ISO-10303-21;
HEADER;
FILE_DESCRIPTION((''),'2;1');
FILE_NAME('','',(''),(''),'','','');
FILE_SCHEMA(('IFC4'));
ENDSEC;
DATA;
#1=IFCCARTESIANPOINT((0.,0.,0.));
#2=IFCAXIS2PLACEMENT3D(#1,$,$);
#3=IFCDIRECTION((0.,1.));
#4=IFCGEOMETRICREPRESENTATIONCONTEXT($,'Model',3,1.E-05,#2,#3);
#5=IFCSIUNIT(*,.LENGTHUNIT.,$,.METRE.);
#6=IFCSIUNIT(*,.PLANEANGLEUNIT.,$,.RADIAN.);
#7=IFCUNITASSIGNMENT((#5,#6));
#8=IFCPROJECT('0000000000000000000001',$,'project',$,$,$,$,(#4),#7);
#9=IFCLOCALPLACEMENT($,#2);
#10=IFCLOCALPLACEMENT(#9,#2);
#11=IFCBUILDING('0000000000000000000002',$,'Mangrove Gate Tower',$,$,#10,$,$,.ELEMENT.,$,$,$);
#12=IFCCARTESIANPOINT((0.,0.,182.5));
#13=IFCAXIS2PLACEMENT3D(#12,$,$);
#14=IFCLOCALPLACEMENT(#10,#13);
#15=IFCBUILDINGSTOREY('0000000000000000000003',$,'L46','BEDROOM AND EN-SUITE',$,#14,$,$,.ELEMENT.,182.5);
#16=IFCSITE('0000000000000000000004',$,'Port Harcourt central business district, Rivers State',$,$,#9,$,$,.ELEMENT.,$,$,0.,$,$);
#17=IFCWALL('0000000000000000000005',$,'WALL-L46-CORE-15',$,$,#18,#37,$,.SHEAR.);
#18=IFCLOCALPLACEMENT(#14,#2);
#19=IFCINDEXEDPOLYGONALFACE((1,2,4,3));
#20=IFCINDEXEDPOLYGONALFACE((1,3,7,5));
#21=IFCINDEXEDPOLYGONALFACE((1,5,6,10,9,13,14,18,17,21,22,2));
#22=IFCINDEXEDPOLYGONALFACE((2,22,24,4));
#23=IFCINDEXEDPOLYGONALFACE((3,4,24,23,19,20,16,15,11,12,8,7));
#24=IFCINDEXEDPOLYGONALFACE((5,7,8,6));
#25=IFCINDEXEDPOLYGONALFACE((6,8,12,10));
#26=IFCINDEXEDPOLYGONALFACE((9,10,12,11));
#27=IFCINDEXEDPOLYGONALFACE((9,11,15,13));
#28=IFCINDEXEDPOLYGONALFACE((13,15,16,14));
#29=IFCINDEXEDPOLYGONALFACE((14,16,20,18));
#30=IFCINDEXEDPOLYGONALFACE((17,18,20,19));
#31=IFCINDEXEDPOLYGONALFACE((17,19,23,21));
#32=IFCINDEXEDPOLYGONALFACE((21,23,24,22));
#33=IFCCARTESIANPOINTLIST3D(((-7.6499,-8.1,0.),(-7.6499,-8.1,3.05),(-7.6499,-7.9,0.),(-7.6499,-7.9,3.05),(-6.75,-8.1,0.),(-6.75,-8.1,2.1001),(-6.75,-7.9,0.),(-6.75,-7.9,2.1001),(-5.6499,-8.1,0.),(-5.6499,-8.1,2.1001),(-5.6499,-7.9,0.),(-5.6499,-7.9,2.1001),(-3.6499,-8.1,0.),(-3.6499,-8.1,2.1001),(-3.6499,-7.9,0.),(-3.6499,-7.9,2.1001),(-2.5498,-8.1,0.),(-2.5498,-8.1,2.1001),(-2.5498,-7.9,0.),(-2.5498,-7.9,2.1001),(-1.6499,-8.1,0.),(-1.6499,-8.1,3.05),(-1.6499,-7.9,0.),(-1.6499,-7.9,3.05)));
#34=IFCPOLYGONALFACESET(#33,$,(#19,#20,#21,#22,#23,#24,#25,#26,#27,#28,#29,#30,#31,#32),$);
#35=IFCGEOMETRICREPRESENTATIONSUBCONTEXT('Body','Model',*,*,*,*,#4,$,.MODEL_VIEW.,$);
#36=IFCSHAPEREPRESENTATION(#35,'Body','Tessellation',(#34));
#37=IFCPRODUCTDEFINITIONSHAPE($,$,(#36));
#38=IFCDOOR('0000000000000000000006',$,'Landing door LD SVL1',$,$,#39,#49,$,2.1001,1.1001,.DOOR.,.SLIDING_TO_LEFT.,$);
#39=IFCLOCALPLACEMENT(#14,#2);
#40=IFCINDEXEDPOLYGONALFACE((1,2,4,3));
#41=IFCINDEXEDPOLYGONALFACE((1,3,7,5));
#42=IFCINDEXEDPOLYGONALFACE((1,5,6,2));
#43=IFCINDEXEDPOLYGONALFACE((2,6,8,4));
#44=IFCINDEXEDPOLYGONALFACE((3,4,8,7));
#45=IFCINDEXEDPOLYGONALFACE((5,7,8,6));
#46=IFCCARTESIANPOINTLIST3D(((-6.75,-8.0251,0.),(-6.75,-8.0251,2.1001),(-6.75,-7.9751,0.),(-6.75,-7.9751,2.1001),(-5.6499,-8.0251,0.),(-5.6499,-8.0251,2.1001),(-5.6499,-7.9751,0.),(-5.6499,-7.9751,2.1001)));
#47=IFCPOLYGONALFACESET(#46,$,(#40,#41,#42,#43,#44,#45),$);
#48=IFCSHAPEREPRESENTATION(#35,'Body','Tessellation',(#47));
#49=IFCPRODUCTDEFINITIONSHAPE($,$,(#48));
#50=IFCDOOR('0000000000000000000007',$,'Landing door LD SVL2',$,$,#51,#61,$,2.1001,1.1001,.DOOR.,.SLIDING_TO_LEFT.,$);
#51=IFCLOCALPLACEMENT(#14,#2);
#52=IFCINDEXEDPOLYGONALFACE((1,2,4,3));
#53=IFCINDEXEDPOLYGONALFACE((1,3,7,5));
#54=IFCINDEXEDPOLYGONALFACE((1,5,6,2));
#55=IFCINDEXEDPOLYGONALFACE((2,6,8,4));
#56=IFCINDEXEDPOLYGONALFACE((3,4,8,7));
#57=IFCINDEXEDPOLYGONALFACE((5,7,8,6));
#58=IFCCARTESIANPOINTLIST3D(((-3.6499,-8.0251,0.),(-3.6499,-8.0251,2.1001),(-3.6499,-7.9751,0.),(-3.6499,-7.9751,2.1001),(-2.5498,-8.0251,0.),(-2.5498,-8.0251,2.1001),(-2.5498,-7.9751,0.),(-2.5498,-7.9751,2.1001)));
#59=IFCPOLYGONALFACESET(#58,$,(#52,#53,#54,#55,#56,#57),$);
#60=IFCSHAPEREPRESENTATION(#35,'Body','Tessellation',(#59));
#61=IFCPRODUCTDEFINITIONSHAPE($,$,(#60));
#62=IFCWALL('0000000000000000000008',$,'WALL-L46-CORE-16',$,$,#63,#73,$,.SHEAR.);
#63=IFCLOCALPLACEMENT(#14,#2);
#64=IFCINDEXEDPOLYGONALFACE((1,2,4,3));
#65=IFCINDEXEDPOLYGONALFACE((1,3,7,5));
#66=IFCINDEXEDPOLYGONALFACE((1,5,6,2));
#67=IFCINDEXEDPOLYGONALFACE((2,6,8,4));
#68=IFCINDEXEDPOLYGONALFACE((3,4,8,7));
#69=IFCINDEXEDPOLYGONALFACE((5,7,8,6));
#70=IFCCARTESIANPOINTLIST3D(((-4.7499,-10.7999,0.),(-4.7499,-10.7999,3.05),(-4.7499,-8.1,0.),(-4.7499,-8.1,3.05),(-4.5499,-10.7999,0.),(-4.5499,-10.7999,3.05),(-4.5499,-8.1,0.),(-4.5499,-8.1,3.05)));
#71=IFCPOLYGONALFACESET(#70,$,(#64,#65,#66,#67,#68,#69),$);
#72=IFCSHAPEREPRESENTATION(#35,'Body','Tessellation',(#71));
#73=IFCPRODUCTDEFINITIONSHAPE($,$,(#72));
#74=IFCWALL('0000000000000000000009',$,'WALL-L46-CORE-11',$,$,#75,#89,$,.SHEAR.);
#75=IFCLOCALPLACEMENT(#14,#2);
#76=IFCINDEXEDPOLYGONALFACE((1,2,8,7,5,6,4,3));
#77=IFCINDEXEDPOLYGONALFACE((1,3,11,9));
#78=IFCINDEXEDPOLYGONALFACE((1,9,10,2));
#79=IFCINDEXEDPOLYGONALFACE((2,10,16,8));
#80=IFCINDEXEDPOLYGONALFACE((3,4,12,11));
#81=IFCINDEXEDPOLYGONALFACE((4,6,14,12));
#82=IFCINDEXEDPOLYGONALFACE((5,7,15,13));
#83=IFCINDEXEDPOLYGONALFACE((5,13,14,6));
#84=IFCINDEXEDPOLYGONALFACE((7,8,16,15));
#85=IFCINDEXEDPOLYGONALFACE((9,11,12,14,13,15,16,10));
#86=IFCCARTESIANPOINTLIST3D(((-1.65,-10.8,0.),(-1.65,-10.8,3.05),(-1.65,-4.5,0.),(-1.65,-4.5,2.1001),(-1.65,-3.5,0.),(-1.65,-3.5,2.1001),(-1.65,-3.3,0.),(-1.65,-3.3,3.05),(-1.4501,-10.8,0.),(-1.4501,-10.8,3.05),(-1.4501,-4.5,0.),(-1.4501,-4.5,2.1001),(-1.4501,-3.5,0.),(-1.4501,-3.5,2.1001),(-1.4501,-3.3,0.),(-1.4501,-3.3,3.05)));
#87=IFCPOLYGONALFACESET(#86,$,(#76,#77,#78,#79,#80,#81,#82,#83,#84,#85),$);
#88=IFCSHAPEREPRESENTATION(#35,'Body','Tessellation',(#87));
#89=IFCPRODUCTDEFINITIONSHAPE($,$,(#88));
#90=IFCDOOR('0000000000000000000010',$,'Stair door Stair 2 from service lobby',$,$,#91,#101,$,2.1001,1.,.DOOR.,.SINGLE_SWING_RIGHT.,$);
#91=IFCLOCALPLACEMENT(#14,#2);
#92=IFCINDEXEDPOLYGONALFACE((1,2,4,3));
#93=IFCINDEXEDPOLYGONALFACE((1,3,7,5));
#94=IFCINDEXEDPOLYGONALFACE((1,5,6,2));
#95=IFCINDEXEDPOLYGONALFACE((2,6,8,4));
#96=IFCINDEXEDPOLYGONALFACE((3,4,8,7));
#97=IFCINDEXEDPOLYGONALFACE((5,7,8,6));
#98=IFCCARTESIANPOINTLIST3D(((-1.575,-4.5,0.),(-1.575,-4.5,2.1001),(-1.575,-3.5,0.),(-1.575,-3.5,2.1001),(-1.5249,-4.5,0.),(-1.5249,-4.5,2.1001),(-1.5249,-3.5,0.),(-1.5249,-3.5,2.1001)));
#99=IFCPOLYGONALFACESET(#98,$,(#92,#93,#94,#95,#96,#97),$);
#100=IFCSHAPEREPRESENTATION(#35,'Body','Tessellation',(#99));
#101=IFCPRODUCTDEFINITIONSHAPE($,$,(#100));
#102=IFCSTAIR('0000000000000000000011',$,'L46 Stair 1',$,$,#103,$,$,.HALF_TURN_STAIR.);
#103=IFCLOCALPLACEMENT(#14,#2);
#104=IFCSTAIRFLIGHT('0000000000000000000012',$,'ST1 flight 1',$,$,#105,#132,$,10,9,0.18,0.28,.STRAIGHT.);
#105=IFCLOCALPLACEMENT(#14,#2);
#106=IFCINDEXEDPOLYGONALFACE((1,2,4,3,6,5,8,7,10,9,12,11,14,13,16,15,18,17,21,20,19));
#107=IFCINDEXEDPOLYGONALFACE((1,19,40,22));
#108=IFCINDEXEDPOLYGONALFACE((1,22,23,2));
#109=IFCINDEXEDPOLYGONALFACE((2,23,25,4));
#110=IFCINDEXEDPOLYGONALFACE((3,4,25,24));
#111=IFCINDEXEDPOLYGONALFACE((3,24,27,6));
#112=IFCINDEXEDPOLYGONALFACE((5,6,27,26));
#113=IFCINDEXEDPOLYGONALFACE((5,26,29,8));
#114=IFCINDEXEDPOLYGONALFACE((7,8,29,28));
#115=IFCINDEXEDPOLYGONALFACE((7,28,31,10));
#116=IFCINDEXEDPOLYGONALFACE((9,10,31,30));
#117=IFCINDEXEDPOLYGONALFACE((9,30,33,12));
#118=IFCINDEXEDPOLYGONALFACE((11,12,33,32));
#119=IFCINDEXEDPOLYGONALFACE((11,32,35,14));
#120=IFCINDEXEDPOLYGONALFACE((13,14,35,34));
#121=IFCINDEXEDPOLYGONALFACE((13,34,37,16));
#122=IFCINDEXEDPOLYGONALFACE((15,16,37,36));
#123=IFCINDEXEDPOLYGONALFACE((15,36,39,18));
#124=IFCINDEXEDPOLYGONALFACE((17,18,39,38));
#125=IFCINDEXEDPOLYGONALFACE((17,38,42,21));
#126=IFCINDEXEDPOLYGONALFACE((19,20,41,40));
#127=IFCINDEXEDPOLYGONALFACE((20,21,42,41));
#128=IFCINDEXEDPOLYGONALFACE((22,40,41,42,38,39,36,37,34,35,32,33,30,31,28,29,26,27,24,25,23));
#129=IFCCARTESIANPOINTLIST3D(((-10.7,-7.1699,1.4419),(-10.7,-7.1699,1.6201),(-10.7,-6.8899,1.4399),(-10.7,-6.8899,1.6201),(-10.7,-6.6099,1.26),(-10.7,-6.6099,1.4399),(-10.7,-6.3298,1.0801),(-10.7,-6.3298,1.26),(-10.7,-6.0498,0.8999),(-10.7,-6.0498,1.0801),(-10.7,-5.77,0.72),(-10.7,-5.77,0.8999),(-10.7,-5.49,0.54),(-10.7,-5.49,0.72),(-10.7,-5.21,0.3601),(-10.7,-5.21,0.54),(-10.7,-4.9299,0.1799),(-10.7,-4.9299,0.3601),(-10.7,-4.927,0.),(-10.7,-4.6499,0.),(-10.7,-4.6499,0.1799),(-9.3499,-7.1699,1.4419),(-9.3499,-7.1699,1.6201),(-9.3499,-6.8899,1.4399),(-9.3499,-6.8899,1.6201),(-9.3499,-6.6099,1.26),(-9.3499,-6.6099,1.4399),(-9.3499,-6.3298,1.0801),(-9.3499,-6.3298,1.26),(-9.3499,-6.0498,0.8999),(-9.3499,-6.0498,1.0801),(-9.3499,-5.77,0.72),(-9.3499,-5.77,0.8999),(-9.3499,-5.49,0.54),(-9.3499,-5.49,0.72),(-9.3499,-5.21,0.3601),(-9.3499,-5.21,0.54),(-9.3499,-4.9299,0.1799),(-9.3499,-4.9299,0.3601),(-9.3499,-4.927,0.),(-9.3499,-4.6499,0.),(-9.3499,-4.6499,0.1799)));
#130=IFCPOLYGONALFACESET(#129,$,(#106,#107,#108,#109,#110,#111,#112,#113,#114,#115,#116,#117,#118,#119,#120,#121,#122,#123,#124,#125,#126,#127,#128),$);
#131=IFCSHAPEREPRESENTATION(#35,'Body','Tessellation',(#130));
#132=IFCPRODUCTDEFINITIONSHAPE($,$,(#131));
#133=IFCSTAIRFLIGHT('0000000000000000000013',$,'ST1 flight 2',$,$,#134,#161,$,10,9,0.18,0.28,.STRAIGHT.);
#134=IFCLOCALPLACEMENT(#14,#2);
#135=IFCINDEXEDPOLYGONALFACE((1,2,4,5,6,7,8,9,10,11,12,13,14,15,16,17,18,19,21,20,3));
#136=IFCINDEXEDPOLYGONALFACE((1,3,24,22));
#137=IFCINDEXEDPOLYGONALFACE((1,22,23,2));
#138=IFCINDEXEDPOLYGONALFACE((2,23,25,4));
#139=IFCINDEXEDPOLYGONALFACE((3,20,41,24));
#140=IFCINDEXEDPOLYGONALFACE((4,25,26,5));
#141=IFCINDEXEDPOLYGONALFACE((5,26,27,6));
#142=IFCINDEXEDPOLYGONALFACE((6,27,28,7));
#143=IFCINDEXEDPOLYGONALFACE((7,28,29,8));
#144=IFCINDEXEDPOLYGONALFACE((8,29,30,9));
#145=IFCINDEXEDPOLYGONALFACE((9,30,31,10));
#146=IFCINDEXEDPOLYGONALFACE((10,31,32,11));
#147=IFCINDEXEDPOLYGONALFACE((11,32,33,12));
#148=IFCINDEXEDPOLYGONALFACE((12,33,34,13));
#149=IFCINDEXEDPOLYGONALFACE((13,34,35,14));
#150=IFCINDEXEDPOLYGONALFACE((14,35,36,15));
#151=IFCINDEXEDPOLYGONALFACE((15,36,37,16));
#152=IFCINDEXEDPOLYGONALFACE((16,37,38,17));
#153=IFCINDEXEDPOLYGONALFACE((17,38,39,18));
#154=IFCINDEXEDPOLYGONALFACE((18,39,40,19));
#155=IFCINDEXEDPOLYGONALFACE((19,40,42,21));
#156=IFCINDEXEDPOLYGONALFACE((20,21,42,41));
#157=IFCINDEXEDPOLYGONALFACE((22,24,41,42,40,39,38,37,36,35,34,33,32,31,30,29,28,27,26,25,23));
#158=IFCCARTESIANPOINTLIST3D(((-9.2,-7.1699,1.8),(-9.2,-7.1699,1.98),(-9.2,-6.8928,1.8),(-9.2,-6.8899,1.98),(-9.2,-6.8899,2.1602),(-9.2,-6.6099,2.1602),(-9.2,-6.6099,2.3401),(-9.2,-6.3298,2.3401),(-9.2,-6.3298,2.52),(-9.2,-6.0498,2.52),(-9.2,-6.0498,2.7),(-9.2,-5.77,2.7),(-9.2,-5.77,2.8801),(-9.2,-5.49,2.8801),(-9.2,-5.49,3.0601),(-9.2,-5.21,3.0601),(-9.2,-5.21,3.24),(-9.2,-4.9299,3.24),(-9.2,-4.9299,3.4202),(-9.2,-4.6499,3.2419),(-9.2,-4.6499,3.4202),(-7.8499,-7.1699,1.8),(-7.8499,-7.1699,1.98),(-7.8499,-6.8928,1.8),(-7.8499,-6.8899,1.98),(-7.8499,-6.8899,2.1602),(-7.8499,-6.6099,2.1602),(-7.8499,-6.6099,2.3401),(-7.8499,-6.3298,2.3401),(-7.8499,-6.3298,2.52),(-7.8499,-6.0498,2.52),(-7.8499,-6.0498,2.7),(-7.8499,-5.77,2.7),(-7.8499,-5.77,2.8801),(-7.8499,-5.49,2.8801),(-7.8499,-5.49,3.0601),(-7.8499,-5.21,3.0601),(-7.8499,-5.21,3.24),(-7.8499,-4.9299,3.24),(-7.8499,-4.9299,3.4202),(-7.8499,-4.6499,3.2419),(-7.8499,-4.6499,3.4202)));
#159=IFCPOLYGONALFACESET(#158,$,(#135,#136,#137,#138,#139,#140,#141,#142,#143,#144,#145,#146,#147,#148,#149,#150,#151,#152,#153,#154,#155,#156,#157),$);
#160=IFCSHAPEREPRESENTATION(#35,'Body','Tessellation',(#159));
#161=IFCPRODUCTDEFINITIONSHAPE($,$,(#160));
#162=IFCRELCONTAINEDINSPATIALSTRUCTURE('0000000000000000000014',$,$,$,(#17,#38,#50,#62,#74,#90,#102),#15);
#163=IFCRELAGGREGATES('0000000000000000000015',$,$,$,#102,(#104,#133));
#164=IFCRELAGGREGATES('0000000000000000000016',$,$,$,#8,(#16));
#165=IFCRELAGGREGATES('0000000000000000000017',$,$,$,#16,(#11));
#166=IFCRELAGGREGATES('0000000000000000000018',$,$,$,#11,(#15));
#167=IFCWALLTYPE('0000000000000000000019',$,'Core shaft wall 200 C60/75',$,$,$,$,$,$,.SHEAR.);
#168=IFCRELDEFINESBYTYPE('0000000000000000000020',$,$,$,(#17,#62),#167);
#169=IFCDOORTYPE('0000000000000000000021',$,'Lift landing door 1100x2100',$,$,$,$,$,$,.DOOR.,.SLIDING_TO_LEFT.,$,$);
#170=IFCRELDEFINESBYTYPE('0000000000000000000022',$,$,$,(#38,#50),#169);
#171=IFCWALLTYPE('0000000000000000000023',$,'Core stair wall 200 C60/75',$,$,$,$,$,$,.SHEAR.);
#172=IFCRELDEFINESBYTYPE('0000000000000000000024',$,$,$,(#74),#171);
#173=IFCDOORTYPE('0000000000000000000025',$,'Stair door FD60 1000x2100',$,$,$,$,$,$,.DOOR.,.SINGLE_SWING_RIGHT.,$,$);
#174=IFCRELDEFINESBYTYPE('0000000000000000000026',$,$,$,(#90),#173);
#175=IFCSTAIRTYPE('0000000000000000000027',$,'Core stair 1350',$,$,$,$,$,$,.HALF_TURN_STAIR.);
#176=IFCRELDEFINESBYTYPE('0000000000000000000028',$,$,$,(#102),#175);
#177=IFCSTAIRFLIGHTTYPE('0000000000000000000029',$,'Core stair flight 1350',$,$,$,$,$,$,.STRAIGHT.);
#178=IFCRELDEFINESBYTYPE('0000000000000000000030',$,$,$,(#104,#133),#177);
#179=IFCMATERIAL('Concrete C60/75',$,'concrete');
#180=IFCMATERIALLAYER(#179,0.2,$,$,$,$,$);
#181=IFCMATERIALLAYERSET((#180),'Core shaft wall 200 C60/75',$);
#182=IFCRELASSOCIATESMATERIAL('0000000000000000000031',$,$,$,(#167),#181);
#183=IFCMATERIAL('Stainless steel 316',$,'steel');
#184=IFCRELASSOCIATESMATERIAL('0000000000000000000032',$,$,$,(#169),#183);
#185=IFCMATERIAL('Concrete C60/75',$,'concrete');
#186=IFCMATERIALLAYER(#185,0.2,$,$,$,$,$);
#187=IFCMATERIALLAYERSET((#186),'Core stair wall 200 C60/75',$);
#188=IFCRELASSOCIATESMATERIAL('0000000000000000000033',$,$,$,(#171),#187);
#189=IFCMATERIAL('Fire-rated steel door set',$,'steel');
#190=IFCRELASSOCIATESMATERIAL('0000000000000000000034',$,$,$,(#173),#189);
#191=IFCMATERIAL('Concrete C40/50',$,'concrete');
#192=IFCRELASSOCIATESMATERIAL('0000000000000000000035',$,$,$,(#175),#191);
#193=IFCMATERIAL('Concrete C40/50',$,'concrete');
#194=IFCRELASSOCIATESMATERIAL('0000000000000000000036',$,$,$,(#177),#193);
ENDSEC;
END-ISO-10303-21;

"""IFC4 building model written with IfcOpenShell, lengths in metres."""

from ifc_helpers import new_model, si_unit, direction, frame, frame_2d, origin, place, context, subcontext, project, spatial, polyline, rectangle, outline, extrude, material, layer, layer_set, type_object, element, fill, aggregate, save


model = new_model("IFC4")

# Units and contexts
model_context = context("Model", 3, precision=1e-05, world=origin(), true_north=direction((0.0, 1.0)))
body_context = subcontext(model_context, "Body", "Model", "MODEL_VIEW")
ifc_project = project(units=[si_unit("LENGTHUNIT", "METRE"), si_unit("PLANEANGLEUNIT", "RADIAN")], contexts=[model_context])

# Site, building, storey
site_placement = place(None, origin())
site = spatial("IfcSite", under=ifc_project, at=site_placement, Name="Port Harcourt central business district, Rivers State", CompositionType="ELEMENT", RefElevation=0.0)
building_placement = place(site_placement, origin())
building = spatial("IfcBuilding", under=site, at=building_placement, Name="Mangrove Gate Tower", CompositionType="ELEMENT")
storey_placement = place(building_placement, frame((0.0, 0.0, 182.5)))
storey = spatial("IfcBuildingStorey", under=building, at=storey_placement, Name="L46", Description="BEDROOM AND EN-SUITE", CompositionType="ELEMENT", Elevation=182.5)

# Wall, openings, doors
ifc_material_1 = material(Name="Concrete C60/75", Category="concrete")
ifc_layer_1 = layer(ifc_material_1, 0.2)
ifc_layer_set_1 = layer_set([ifc_layer_1], Name="Core shaft wall 200 C60/75")
wall_type_1 = type_object("IfcWallType", Name="Core shaft wall 200 C60/75", PredefinedType="SHEAR", material=ifc_layer_set_1)
wall_1_placement = place(storey_placement, frame((-7.6499, -8.0, 0.0), z_axis=(0.0, 0.0, 1.0), x_axis=(1.0, 0.0, 0.0)))
wall_1 = element("IfcWall", 1, at=wall_1_placement, inside=storey, type_object=wall_type_1, Name="WALL-L46-CORE-15", PredefinedType="SHEAR", context=body_context, shape_type="SweptSolid", body=[
    extrude(rectangle(XDim=6.0, YDim=0.2, at=frame_2d((3.0, 0.0))), origin(), (0.0, 0.0, 1.0), 3.05),
])
opening_1_placement = place(wall_1_placement, frame((0.8999, 0.0, 0.0)))
opening_1 = element("IfcOpeningElement", 2, at=opening_1_placement, cuts=wall_1, PredefinedType="OPENING", context=body_context, shape_type="SweptSolid", body=[
    extrude(rectangle(XDim=1.1001, YDim=2.1001, at=frame_2d((0.55, 1.05))), frame((0.0, 0.1099, 0.0), z_axis=(0.0, -1.0, 0.0), x_axis=(1.0, 0.0, 0.0)), (0.0, 0.0, 1.0), 0.22),
])
opening_2_placement = place(wall_1_placement, frame((4.0, 0.0, 0.0)))
opening_2 = element("IfcOpeningElement", 3, at=opening_2_placement, cuts=wall_1, PredefinedType="OPENING", context=body_context, shape_type="SweptSolid", body=[
    extrude(rectangle(XDim=1.1001, YDim=2.1001, at=frame_2d((0.55, 1.05))), frame((0.0, 0.1099, 0.0), z_axis=(0.0, -1.0, 0.0), x_axis=(1.0, 0.0, 0.0)), (0.0, 0.0, 1.0), 0.22),
])
ifc_material_2 = material(Name="Stainless steel 316", Category="steel")
door_type_1 = type_object("IfcDoorType", Name="Lift landing door 1100x2100", OperationType="SLIDING_TO_LEFT", PredefinedType="DOOR", material=ifc_material_2)
door_1_placement = place(opening_1_placement, origin())
door_1 = element("IfcDoor", 4, at=door_1_placement, inside=storey, type_object=door_type_1, Name="Landing door LD SVL1", OperationType="SLIDING_TO_LEFT", OverallHeight=2.1001, OverallWidth=1.1001, PredefinedType="DOOR", context=body_context, shape_type="SweptSolid", body=[
    extrude(rectangle(XDim=1.1001, YDim=2.1001, at=frame_2d((0.55, 1.05))), frame((0.0, 0.0249, 0.0), z_axis=(0.0, -1.0, 0.0), x_axis=(1.0, 0.0, 0.0)), (0.0, 0.0, 1.0), 0.05),
])
fill(opening_1, door_1)
door_2_placement = place(opening_2_placement, origin())
door_2 = element("IfcDoor", 5, at=door_2_placement, inside=storey, type_object=door_type_1, Name="Landing door LD SVL2", OperationType="SLIDING_TO_LEFT", OverallHeight=2.1001, OverallWidth=1.1001, PredefinedType="DOOR", context=body_context, shape_type="SweptSolid", body=[
    extrude(rectangle(XDim=1.1001, YDim=2.1001, at=frame_2d((0.55, 1.05))), frame((0.0, 0.0249, 0.0), z_axis=(0.0, -1.0, 0.0), x_axis=(1.0, 0.0, 0.0)), (0.0, 0.0, 1.0), 0.05),
])
fill(opening_2, door_2)

# Wall
wall_2_placement = place(storey_placement, frame((-4.6499, -10.8, 0.0), z_axis=(0.0, 0.0, 1.0), x_axis=(0.0, 1.0, 0.0)))
element("IfcWall", 6, at=wall_2_placement, inside=storey, type_object=wall_type_1, Name="WALL-L46-CORE-16", PredefinedType="SHEAR", context=body_context, shape_type="SweptSolid", body=[
    extrude(rectangle(XDim=2.7, YDim=0.2, at=frame_2d((1.3501, 0.0))), origin(), (0.0, 0.0, 1.0), 3.05),
])

# Wall, opening, door
ifc_material_3 = material(Name="Concrete C60/75", Category="concrete")
ifc_layer_2 = layer(ifc_material_3, 0.2)
ifc_layer_set_2 = layer_set([ifc_layer_2], Name="Core stair wall 200 C60/75")
wall_type_2 = type_object("IfcWallType", Name="Core stair wall 200 C60/75", PredefinedType="SHEAR", material=ifc_layer_set_2)
wall_3_placement = place(storey_placement, frame((-1.55, -10.8, 0.0), z_axis=(0.0, 0.0, 1.0), x_axis=(0.0, 1.0, 0.0)))
wall_3 = element("IfcWall", 7, at=wall_3_placement, inside=storey, type_object=wall_type_2, Name="WALL-L46-CORE-11", PredefinedType="SHEAR", context=body_context, shape_type="SweptSolid", body=[
    extrude(rectangle(XDim=7.5, YDim=0.2, at=frame_2d((3.75, 0.0))), origin(), (0.0, 0.0, 1.0), 3.05),
])
opening_3_placement = place(wall_3_placement, frame((6.3, 0.0, 0.0)))
opening_3 = element("IfcOpeningElement", 8, at=opening_3_placement, cuts=wall_3, PredefinedType="OPENING", context=body_context, shape_type="SweptSolid", body=[
    extrude(rectangle(XDim=1.0, YDim=2.1001, at=frame_2d((0.5, 1.05))), frame((0.0, 0.1099, 0.0), z_axis=(0.0, -1.0, 0.0), x_axis=(1.0, 0.0, 0.0)), (0.0, 0.0, 1.0), 0.22),
])
ifc_material_4 = material(Name="Fire-rated steel door set", Category="steel")
door_type_2 = type_object("IfcDoorType", Name="Stair door FD60 1000x2100", OperationType="SINGLE_SWING_RIGHT", PredefinedType="DOOR", material=ifc_material_4)
door_3_placement = place(opening_3_placement, origin())
door_3 = element("IfcDoor", 9, at=door_3_placement, inside=storey, type_object=door_type_2, Name="Stair door Stair 2 from service lobby", OperationType="SINGLE_SWING_RIGHT", OverallHeight=2.1001, OverallWidth=1.0, PredefinedType="DOOR", context=body_context, shape_type="SweptSolid", body=[
    extrude(rectangle(XDim=1.0, YDim=2.1001, at=frame_2d((0.5, 1.05))), frame((0.0, 0.0249, 0.0), z_axis=(0.0, -1.0, 0.0), x_axis=(1.0, 0.0, 0.0)), (0.0, 0.0, 1.0), 0.05),
])
fill(opening_3, door_3)

# Stair, stair flights
ifc_material_5 = material(Name="Concrete C40/50", Category="concrete")
stair_type = type_object("IfcStairType", Name="Core stair 1350", PredefinedType="HALF_TURN_STAIR", material=ifc_material_5)
stair_1_placement = place(storey_placement, origin())
stair_1 = element("IfcStair", 10, at=stair_1_placement, inside=storey, type_object=stair_type, Name="L46 Stair 1", PredefinedType="HALF_TURN_STAIR")
ifc_material_6 = material(Name="Concrete C40/50", Category="concrete")
stair_flight_type = type_object("IfcStairFlightType", Name="Core stair flight 1350", PredefinedType="STRAIGHT", material=ifc_material_6)
stair_flight_1_placement = place(storey_placement, frame((-10.0249, -4.6499, 0.0), z_axis=(0.0, 0.0, 1.0), x_axis=(0.0, -1.0, 0.0)))
stair_flight_1 = element("IfcStairFlight", 11, at=stair_flight_1_placement, type_object=stair_flight_type, Name="ST1 flight 1", NumberOfRisers=10, NumberOfTreads=9, PredefinedType="STRAIGHT", RiserHeight=0.18, TreadLength=0.28, context=body_context, shape_type="SweptSolid", body=[
    extrude(outline(polyline([(0.0, 0.0), (0.0, 0.1799), (0.28, 0.1799), (0.28, 0.3601), (0.5601, 0.3601), (0.5601, 0.54), (0.8401, 0.54), (0.8401, 0.72), (1.1201, 0.72), (1.1201, 0.8999), (1.3999, 0.8999), (1.3999, 1.0801), (1.6799, 1.0801), (1.6799, 1.26), (1.96, 1.26), (1.96, 1.4399), (2.24, 1.4399), (2.24, 1.6201), (2.52, 1.6201), (2.52, 1.8), (2.52, 1.4419), (0.2771, 0.0), (0.0, 0.0)])), frame((0.0, 0.675, 0.0), z_axis=(0.0, -1.0, 0.0), x_axis=(1.0, 0.0, 0.0)), (0.0, 0.0, 1.0), 1.3501),
])
stair_flight_2_placement = place(storey_placement, frame((-8.5249, -7.1699, 1.8), z_axis=(0.0, 0.0, 1.0), x_axis=(0.0, 1.0, 0.0)))
stair_flight_2 = element("IfcStairFlight", 12, at=stair_flight_2_placement, type_object=stair_flight_type, Name="ST1 flight 2", NumberOfRisers=10, NumberOfTreads=9, PredefinedType="STRAIGHT", RiserHeight=0.18, TreadLength=0.28, context=body_context, shape_type="SweptSolid", body=[
    extrude(outline(polyline([(0.0, 0.0), (0.0, 0.1799), (0.28, 0.1799), (0.28, 0.3601), (0.5601, 0.3601), (0.5601, 0.54), (0.8401, 0.54), (0.8401, 0.72), (1.1201, 0.72), (1.1201, 0.8999), (1.3999, 0.8999), (1.3999, 1.0801), (1.6799, 1.0801), (1.6799, 1.26), (1.96, 1.26), (1.96, 1.4399), (2.24, 1.4399), (2.24, 1.6201), (2.52, 1.6201), (2.52, 1.8), (2.52, 1.4419), (0.2771, 0.0), (0.0, 0.0)])), frame((0.0, 0.675, 0.0), z_axis=(0.0, -1.0, 0.0), x_axis=(1.0, 0.0, 0.0)), (0.0, 0.0, 1.0), 1.3501),
])
aggregate(stair_1, [stair_flight_1, stair_flight_2])

save(model, "model.ifc")
